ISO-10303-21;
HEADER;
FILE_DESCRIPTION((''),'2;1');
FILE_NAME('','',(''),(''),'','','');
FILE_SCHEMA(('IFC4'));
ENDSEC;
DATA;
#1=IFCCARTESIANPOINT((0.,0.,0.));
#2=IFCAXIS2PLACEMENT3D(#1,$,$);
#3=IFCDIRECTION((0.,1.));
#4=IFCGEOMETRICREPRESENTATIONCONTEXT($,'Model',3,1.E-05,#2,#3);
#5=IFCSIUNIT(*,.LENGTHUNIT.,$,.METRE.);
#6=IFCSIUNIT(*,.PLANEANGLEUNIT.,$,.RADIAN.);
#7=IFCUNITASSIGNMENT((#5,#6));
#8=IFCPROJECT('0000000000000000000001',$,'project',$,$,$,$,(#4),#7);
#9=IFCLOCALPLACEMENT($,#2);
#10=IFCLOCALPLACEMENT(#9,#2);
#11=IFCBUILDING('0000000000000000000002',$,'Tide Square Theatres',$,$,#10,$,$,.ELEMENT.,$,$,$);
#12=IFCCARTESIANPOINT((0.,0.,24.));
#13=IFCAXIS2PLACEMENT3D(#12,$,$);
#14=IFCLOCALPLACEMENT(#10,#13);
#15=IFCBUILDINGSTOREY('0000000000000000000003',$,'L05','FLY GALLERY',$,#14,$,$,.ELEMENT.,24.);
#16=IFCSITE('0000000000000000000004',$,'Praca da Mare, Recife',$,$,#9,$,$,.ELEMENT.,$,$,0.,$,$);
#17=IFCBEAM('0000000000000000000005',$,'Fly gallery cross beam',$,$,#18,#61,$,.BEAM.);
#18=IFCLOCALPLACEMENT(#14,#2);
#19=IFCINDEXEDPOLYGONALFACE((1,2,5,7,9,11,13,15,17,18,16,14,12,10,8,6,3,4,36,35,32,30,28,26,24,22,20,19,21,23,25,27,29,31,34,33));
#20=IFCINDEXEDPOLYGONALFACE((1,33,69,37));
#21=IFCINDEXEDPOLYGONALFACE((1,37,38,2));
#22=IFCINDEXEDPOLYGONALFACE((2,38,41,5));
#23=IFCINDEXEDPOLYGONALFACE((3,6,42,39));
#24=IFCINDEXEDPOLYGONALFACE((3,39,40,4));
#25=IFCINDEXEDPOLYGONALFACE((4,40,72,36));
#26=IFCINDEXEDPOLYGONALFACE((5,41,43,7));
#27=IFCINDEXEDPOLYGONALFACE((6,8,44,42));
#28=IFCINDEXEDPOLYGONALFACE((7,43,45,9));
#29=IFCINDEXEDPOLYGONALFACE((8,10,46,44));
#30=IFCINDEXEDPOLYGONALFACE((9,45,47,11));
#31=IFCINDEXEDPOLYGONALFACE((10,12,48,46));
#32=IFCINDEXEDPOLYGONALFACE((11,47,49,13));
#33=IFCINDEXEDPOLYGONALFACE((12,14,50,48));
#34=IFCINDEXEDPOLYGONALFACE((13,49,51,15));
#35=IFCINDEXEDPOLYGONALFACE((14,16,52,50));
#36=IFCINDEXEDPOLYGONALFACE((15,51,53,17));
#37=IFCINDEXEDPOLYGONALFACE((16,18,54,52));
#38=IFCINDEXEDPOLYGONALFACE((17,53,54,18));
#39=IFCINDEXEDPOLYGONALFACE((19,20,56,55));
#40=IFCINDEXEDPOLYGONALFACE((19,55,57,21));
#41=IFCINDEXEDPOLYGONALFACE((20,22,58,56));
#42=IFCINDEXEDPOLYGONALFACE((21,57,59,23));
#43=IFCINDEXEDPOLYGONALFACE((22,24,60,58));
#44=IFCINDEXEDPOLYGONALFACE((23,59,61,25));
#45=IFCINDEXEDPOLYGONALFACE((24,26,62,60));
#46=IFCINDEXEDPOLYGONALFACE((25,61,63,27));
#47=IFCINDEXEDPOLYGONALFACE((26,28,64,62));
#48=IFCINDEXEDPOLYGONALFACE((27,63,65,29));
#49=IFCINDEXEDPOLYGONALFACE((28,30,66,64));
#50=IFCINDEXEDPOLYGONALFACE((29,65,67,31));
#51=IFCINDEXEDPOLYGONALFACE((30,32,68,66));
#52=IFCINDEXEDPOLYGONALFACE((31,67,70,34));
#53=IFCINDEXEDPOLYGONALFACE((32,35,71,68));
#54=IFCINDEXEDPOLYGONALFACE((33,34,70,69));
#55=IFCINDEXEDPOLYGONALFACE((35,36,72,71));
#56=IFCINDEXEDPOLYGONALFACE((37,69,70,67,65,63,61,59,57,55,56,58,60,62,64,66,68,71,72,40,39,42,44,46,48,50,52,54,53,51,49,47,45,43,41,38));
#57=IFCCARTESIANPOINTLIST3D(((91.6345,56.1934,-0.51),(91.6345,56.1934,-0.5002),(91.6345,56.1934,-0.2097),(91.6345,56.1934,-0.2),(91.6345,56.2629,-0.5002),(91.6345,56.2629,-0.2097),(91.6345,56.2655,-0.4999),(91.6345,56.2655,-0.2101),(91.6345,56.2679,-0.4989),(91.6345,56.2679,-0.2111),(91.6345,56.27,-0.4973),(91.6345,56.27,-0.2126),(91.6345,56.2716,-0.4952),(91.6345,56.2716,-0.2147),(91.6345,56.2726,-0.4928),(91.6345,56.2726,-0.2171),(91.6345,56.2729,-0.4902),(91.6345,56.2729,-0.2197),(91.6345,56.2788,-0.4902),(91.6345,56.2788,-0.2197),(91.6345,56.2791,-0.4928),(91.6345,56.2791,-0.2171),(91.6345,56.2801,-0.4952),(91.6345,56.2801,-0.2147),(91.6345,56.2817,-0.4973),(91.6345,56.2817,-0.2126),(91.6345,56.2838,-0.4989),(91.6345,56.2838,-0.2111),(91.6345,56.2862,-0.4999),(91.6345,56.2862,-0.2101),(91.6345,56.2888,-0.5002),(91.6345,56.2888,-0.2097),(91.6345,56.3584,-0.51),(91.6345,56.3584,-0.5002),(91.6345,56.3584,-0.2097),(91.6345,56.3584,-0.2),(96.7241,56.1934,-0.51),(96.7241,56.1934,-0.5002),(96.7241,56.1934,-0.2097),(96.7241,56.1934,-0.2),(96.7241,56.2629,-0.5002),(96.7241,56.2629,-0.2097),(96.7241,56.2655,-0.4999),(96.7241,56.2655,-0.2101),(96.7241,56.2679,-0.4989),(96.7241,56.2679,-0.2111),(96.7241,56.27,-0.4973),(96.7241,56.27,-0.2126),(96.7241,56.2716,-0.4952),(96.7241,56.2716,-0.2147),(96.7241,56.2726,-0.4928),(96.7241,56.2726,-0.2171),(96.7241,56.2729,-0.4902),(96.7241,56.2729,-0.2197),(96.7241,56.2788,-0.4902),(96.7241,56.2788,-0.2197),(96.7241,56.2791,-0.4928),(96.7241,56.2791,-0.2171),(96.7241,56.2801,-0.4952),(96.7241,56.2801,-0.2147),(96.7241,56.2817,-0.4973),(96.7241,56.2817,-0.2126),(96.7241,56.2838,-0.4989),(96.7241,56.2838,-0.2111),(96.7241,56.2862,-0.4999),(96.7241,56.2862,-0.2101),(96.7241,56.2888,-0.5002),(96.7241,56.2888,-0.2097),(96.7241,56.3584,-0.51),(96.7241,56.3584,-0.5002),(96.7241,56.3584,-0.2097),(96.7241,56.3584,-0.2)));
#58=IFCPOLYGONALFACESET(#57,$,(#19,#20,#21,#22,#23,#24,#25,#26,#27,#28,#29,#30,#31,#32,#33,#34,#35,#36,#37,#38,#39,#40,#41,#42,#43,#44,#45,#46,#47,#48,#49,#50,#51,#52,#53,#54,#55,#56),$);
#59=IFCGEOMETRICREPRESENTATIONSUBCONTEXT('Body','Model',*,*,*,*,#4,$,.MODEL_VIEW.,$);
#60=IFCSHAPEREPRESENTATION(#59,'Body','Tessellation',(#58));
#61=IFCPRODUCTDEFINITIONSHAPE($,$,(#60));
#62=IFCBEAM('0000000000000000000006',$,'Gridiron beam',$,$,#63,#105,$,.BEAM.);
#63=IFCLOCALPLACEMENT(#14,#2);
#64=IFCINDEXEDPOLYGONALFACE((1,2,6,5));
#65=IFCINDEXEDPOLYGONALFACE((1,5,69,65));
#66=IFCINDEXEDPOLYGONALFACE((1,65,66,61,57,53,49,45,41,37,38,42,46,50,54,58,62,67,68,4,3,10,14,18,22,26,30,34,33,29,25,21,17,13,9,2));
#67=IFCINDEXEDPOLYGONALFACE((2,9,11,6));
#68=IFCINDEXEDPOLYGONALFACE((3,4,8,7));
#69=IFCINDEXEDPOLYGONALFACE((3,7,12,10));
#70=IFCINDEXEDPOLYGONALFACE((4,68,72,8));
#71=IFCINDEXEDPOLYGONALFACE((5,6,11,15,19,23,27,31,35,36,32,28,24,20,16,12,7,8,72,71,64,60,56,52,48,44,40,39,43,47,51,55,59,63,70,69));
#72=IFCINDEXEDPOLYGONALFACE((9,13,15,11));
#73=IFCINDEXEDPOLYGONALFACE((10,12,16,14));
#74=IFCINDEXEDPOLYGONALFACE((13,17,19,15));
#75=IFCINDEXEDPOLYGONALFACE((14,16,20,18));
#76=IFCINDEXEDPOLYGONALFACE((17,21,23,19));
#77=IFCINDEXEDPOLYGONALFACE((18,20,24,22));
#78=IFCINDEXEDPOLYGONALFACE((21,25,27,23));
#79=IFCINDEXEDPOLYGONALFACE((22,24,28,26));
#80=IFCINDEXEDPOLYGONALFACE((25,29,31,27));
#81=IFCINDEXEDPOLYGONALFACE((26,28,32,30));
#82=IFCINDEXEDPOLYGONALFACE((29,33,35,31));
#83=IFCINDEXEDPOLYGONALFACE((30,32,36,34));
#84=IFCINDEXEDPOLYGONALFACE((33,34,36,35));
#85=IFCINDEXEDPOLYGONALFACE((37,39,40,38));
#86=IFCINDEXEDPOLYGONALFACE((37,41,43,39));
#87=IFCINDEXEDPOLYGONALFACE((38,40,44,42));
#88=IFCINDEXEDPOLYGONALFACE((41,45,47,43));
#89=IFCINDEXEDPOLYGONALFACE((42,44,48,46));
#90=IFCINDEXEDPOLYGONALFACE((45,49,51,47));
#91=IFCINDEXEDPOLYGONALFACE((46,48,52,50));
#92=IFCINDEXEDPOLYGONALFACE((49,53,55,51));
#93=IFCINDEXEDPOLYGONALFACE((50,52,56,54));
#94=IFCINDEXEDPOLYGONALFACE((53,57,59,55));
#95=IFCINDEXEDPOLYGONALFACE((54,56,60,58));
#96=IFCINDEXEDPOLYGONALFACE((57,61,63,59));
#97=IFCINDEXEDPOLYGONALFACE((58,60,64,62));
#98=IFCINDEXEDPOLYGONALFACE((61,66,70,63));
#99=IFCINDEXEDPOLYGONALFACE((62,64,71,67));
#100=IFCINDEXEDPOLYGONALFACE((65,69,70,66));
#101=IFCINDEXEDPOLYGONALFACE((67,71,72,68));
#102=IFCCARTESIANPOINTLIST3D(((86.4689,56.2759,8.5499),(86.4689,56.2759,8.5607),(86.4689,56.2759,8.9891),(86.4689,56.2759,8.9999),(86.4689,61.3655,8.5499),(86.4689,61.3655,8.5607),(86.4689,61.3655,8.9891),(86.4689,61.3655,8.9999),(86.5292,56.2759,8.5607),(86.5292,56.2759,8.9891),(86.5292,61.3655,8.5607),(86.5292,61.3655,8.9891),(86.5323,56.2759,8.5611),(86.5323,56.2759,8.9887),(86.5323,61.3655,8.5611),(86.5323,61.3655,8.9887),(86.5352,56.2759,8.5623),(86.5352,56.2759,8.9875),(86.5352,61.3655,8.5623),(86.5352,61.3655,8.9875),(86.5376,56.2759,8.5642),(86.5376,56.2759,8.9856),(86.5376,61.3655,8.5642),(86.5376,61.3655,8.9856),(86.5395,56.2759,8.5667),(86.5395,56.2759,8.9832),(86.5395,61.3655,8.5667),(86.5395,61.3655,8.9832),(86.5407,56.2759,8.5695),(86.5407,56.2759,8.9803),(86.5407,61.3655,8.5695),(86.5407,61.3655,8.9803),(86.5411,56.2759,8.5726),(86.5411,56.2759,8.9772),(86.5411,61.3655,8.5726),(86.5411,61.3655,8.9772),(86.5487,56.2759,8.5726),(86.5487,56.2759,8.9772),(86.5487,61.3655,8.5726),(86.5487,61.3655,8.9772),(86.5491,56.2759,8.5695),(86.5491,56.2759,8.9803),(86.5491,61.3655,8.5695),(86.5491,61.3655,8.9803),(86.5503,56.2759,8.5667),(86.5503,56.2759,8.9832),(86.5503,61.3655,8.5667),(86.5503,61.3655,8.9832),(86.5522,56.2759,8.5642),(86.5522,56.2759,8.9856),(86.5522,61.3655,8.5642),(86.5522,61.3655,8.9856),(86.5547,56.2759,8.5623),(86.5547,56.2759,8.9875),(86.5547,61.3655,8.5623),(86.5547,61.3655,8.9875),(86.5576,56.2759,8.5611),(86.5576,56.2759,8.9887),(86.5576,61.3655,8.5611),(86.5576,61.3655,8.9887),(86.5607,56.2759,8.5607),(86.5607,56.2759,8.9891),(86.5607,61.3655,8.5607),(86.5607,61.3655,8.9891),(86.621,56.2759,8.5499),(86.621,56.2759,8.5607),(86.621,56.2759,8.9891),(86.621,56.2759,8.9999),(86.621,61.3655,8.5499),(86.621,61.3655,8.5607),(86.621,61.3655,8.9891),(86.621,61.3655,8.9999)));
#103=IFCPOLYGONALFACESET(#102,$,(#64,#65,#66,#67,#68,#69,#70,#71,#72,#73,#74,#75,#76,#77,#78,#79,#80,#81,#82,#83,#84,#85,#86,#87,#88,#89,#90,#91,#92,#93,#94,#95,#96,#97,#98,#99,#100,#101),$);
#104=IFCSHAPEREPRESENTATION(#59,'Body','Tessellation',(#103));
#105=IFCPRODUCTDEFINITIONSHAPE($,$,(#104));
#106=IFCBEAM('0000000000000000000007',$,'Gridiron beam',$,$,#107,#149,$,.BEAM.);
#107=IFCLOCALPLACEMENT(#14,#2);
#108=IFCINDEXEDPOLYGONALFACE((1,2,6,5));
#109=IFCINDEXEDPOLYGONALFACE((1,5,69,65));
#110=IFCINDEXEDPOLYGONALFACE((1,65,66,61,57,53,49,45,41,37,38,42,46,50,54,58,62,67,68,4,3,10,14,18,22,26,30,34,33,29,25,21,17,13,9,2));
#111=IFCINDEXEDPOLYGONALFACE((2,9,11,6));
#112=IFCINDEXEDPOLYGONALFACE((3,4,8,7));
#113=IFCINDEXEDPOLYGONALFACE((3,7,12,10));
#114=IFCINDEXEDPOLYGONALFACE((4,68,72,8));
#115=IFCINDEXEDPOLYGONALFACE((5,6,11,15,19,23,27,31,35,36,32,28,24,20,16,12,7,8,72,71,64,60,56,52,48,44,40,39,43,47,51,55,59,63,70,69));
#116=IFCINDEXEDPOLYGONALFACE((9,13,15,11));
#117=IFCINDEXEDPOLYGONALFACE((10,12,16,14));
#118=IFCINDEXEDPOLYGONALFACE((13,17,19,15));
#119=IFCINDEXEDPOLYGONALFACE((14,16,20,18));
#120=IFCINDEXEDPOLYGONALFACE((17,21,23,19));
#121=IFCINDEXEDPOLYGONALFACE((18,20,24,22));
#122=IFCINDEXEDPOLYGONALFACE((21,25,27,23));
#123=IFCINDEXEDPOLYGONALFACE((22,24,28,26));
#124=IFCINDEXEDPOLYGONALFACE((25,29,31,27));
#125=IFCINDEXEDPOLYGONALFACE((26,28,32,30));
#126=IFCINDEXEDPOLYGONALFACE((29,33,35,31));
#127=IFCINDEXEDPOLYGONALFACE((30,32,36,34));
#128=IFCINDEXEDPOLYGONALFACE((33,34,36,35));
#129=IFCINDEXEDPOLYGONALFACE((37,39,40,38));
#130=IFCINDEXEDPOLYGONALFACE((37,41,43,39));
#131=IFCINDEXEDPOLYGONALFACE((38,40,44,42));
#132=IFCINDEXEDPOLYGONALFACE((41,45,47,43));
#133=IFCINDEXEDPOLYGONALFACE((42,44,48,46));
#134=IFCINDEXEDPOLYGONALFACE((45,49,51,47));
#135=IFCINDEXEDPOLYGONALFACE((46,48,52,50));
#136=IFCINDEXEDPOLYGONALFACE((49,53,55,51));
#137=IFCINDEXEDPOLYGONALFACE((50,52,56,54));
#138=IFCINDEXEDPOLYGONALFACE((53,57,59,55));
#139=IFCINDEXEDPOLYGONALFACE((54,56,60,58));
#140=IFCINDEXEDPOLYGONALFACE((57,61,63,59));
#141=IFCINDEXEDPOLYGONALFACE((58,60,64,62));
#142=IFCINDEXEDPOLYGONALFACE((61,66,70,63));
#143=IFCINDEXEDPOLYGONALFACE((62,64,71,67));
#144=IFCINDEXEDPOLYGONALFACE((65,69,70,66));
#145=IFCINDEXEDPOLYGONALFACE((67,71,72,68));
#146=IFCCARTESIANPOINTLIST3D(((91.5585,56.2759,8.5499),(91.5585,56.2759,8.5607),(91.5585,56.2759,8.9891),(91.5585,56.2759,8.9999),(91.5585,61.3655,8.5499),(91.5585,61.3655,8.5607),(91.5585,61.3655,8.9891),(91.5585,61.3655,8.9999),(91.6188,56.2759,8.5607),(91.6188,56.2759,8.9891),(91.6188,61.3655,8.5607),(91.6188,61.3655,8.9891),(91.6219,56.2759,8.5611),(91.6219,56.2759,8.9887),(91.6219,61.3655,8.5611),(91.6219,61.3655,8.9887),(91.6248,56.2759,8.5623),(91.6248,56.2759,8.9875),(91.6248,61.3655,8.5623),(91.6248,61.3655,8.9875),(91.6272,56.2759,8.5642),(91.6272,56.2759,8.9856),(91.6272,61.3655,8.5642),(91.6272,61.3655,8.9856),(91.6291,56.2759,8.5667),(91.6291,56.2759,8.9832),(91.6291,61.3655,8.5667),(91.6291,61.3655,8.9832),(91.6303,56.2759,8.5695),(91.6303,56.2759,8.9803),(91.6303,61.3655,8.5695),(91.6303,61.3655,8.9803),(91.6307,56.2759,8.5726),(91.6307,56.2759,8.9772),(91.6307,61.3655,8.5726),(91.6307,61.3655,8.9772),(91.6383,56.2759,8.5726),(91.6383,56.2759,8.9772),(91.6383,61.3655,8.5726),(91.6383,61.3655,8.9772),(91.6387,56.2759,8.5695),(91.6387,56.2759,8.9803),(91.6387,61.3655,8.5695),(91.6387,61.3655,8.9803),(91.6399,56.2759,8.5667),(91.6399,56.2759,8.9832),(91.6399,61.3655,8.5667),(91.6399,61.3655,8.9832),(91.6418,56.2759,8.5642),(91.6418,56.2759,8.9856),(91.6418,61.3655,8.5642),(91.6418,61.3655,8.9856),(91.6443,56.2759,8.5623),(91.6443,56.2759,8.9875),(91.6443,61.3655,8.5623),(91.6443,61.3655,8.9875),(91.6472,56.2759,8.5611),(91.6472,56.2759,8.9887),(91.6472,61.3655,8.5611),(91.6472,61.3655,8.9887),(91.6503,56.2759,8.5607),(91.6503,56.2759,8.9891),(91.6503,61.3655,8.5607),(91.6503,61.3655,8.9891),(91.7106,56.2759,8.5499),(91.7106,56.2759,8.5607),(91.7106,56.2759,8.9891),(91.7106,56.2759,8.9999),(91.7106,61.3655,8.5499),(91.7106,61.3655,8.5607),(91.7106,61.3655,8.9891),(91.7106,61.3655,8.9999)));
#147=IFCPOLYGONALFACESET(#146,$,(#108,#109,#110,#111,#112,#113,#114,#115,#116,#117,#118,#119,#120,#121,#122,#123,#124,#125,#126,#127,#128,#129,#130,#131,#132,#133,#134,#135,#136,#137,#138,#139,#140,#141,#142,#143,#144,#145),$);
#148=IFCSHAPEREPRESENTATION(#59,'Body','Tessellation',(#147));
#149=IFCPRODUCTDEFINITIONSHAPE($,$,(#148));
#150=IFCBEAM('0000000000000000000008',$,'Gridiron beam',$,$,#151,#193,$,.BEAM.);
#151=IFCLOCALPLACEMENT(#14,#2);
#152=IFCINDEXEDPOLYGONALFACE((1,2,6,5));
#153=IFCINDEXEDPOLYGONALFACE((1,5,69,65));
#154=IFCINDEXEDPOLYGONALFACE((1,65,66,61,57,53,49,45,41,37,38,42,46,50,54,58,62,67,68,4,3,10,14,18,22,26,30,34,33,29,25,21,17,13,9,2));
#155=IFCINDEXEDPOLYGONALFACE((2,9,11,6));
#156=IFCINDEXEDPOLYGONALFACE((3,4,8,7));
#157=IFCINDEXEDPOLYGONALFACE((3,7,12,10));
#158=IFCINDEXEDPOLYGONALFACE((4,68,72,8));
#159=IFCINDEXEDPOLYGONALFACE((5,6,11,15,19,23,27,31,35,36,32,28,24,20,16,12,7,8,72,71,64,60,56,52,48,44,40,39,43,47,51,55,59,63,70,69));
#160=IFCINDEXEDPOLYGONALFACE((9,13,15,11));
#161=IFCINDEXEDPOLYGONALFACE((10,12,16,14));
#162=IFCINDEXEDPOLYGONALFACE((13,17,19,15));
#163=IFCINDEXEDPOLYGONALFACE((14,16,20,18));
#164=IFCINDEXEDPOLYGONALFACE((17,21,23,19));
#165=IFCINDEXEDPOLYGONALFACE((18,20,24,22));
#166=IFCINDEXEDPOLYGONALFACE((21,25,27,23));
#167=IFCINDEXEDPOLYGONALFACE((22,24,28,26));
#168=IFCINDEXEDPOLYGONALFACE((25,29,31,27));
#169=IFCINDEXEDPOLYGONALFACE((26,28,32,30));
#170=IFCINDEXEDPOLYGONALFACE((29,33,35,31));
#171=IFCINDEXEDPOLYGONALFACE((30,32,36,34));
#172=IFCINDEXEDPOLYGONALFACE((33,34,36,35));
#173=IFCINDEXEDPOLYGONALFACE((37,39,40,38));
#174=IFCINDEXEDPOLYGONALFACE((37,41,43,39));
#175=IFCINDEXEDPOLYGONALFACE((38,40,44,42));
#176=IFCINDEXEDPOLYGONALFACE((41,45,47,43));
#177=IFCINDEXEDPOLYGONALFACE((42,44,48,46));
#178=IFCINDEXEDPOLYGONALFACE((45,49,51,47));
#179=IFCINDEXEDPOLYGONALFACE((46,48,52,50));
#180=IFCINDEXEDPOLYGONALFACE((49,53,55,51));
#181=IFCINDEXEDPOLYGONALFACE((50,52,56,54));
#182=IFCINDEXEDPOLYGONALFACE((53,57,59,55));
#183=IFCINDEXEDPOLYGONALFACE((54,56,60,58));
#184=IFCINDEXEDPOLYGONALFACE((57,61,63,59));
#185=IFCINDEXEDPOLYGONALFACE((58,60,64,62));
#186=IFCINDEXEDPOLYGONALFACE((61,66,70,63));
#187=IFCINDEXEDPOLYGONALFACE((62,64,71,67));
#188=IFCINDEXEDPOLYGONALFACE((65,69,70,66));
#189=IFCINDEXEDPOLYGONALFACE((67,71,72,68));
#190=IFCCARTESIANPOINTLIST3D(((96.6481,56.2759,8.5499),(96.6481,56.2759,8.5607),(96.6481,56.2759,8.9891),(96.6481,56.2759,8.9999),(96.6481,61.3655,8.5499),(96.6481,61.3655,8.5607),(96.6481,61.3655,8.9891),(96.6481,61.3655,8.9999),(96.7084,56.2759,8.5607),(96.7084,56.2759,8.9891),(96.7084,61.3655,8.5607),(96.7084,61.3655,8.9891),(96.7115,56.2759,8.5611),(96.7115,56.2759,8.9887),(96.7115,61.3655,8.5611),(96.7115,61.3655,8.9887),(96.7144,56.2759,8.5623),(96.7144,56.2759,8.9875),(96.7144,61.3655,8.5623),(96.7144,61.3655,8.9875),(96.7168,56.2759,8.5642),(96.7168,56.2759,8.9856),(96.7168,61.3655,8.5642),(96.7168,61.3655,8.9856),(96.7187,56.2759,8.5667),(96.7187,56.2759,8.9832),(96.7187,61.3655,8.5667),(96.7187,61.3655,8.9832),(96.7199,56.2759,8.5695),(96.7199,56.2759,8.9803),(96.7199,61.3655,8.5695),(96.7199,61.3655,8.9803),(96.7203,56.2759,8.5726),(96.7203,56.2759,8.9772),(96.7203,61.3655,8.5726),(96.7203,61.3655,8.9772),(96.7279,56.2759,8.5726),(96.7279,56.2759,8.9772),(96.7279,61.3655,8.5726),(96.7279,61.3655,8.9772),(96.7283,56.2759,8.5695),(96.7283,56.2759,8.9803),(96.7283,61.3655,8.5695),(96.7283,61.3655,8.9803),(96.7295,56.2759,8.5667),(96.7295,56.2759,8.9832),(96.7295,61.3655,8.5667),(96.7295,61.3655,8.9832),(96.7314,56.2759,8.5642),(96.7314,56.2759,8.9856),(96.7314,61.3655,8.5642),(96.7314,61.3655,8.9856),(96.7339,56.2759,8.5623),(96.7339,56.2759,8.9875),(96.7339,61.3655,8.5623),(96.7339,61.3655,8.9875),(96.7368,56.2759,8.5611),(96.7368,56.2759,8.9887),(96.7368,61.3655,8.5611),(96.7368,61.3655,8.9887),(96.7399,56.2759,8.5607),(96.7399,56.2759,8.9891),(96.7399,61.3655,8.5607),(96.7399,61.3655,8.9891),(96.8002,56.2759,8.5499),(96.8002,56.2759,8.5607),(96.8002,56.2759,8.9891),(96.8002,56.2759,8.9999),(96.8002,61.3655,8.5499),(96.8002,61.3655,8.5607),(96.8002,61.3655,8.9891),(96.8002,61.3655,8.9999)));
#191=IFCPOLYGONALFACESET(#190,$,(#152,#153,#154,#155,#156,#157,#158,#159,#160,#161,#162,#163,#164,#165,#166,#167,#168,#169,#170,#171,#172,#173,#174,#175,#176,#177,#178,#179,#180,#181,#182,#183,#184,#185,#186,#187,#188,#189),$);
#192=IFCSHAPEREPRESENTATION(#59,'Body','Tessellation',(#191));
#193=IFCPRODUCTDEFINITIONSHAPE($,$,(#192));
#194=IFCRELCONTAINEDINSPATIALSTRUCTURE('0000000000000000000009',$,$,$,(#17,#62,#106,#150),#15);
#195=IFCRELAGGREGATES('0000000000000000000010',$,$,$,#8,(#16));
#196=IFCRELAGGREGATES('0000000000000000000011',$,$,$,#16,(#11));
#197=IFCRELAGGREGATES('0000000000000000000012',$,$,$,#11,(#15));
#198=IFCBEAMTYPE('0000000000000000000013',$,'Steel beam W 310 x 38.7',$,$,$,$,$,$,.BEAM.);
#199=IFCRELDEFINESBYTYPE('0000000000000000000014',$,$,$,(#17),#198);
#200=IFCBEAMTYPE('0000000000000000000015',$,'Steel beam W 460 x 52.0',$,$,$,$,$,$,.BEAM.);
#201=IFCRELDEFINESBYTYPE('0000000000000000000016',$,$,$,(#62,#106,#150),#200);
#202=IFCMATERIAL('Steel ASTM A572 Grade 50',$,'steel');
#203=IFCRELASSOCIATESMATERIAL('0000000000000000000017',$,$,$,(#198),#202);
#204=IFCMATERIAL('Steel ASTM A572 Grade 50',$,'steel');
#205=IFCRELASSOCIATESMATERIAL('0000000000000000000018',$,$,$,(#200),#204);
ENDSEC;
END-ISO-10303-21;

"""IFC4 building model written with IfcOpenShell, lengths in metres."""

from ifc_helpers import new_model, si_unit, direction, frame, origin, origin_2d, place, context, subcontext, project, spatial, i_section, extrude, material, material_profile, profile_set, type_object, element, save


model = new_model("IFC4")

# Units and contexts
model_context = context("Model", 3, precision=1e-05, world=origin(), true_north=direction((0.0, 1.0)))
body_context = subcontext(model_context, "Body", "Model", "MODEL_VIEW")
ifc_project = project(units=[si_unit("LENGTHUNIT", "METRE"), si_unit("PLANEANGLEUNIT", "RADIAN")], contexts=[model_context])

# Site, building, storey
site_placement = place(None, origin())
site = spatial("IfcSite", under=ifc_project, at=site_placement, Name="Praca da Mare, Recife", CompositionType="ELEMENT", RefElevation=0.0)
building_placement = place(site_placement, origin())
building = spatial("IfcBuilding", under=site, at=building_placement, Name="Tide Square Theatres", CompositionType="ELEMENT")
storey_placement = place(building_placement, frame((0.0, 0.0, 24.0)))
storey = spatial("IfcBuildingStorey", under=building, at=storey_placement, Name="L05", Description="FLY GALLERY", CompositionType="ELEMENT", Elevation=24.0)

# Beams
ifc_material_1 = material(Name="Steel ASTM A572 Grade 50", Category="steel")
ifc_material_profile_1 = material_profile(ifc_material_1, i_section(OverallWidth=0.165, OverallDepth=0.3101, WebThickness=0.0059, FlangeThickness=0.0098, FilletRadius=0.01, at=origin_2d()))
ifc_profile_set_1 = profile_set([ifc_material_profile_1], Name="Steel ASTM A572 Grade 50")
beam_type_1 = type_object("IfcBeamType", Name="Steel beam W 310 x 38.7", PredefinedType="BEAM", material=ifc_profile_set_1)
for number, where, z_axis, x_axis, name in (
    (1, (91.6345, 56.2759, -0.355), (1.0, 0.0, 0.0), (0.0, 1.0, 0.0), "Fly gallery cross beam"),
):
    element("IfcBeam", number, at=place(storey_placement, frame(where, z_axis=z_axis, x_axis=x_axis)), inside=storey, type_object=beam_type_1, Name=name, PredefinedType="BEAM", context=body_context, shape_type="SweptSolid", body=[
        extrude(i_section(OverallWidth=0.165, OverallDepth=0.3101, WebThickness=0.0059, FlangeThickness=0.0098, FilletRadius=0.01, at=origin_2d()), origin(), (0.0, 0.0, 1.0), 5.0896),
    ])
ifc_material_2 = material(Name="Steel ASTM A572 Grade 50", Category="steel")
ifc_material_profile_2 = material_profile(ifc_material_2, i_section(OverallWidth=0.1521, OverallDepth=0.45, WebThickness=0.0076, FlangeThickness=0.0107, FilletRadius=0.012, at=origin_2d()))
ifc_profile_set_2 = profile_set([ifc_material_profile_2], Name="Steel ASTM A572 Grade 50")
beam_type_2 = type_object("IfcBeamType", Name="Steel beam W 460 x 52.0", PredefinedType="BEAM", material=ifc_profile_set_2)
for number, where, z_axis, x_axis, name in (
    (2, (86.5449, 56.2759, 8.7749), (0.0, 1.0, 0.0), (-1.0, 0.0, 0.0), "Gridiron beam"),
    (3, (91.6345, 56.2759, 8.7749), (0.0, 1.0, 0.0), (-1.0, 0.0, 0.0), "Gridiron beam"),
    (4, (96.7241, 56.2759, 8.7749), (0.0, 1.0, 0.0), (-1.0, 0.0, 0.0), "Gridiron beam"),
):
    element("IfcBeam", number, at=place(storey_placement, frame(where, z_axis=z_axis, x_axis=x_axis)), inside=storey, type_object=beam_type_2, Name=name, PredefinedType="BEAM", context=body_context, shape_type="SweptSolid", body=[
        extrude(i_section(OverallWidth=0.1521, OverallDepth=0.45, WebThickness=0.0076, FlangeThickness=0.0107, FilletRadius=0.012, at=origin_2d()), origin(), (0.0, 0.0, 1.0), 5.0896),
    ])

save(model, "model.ifc")
